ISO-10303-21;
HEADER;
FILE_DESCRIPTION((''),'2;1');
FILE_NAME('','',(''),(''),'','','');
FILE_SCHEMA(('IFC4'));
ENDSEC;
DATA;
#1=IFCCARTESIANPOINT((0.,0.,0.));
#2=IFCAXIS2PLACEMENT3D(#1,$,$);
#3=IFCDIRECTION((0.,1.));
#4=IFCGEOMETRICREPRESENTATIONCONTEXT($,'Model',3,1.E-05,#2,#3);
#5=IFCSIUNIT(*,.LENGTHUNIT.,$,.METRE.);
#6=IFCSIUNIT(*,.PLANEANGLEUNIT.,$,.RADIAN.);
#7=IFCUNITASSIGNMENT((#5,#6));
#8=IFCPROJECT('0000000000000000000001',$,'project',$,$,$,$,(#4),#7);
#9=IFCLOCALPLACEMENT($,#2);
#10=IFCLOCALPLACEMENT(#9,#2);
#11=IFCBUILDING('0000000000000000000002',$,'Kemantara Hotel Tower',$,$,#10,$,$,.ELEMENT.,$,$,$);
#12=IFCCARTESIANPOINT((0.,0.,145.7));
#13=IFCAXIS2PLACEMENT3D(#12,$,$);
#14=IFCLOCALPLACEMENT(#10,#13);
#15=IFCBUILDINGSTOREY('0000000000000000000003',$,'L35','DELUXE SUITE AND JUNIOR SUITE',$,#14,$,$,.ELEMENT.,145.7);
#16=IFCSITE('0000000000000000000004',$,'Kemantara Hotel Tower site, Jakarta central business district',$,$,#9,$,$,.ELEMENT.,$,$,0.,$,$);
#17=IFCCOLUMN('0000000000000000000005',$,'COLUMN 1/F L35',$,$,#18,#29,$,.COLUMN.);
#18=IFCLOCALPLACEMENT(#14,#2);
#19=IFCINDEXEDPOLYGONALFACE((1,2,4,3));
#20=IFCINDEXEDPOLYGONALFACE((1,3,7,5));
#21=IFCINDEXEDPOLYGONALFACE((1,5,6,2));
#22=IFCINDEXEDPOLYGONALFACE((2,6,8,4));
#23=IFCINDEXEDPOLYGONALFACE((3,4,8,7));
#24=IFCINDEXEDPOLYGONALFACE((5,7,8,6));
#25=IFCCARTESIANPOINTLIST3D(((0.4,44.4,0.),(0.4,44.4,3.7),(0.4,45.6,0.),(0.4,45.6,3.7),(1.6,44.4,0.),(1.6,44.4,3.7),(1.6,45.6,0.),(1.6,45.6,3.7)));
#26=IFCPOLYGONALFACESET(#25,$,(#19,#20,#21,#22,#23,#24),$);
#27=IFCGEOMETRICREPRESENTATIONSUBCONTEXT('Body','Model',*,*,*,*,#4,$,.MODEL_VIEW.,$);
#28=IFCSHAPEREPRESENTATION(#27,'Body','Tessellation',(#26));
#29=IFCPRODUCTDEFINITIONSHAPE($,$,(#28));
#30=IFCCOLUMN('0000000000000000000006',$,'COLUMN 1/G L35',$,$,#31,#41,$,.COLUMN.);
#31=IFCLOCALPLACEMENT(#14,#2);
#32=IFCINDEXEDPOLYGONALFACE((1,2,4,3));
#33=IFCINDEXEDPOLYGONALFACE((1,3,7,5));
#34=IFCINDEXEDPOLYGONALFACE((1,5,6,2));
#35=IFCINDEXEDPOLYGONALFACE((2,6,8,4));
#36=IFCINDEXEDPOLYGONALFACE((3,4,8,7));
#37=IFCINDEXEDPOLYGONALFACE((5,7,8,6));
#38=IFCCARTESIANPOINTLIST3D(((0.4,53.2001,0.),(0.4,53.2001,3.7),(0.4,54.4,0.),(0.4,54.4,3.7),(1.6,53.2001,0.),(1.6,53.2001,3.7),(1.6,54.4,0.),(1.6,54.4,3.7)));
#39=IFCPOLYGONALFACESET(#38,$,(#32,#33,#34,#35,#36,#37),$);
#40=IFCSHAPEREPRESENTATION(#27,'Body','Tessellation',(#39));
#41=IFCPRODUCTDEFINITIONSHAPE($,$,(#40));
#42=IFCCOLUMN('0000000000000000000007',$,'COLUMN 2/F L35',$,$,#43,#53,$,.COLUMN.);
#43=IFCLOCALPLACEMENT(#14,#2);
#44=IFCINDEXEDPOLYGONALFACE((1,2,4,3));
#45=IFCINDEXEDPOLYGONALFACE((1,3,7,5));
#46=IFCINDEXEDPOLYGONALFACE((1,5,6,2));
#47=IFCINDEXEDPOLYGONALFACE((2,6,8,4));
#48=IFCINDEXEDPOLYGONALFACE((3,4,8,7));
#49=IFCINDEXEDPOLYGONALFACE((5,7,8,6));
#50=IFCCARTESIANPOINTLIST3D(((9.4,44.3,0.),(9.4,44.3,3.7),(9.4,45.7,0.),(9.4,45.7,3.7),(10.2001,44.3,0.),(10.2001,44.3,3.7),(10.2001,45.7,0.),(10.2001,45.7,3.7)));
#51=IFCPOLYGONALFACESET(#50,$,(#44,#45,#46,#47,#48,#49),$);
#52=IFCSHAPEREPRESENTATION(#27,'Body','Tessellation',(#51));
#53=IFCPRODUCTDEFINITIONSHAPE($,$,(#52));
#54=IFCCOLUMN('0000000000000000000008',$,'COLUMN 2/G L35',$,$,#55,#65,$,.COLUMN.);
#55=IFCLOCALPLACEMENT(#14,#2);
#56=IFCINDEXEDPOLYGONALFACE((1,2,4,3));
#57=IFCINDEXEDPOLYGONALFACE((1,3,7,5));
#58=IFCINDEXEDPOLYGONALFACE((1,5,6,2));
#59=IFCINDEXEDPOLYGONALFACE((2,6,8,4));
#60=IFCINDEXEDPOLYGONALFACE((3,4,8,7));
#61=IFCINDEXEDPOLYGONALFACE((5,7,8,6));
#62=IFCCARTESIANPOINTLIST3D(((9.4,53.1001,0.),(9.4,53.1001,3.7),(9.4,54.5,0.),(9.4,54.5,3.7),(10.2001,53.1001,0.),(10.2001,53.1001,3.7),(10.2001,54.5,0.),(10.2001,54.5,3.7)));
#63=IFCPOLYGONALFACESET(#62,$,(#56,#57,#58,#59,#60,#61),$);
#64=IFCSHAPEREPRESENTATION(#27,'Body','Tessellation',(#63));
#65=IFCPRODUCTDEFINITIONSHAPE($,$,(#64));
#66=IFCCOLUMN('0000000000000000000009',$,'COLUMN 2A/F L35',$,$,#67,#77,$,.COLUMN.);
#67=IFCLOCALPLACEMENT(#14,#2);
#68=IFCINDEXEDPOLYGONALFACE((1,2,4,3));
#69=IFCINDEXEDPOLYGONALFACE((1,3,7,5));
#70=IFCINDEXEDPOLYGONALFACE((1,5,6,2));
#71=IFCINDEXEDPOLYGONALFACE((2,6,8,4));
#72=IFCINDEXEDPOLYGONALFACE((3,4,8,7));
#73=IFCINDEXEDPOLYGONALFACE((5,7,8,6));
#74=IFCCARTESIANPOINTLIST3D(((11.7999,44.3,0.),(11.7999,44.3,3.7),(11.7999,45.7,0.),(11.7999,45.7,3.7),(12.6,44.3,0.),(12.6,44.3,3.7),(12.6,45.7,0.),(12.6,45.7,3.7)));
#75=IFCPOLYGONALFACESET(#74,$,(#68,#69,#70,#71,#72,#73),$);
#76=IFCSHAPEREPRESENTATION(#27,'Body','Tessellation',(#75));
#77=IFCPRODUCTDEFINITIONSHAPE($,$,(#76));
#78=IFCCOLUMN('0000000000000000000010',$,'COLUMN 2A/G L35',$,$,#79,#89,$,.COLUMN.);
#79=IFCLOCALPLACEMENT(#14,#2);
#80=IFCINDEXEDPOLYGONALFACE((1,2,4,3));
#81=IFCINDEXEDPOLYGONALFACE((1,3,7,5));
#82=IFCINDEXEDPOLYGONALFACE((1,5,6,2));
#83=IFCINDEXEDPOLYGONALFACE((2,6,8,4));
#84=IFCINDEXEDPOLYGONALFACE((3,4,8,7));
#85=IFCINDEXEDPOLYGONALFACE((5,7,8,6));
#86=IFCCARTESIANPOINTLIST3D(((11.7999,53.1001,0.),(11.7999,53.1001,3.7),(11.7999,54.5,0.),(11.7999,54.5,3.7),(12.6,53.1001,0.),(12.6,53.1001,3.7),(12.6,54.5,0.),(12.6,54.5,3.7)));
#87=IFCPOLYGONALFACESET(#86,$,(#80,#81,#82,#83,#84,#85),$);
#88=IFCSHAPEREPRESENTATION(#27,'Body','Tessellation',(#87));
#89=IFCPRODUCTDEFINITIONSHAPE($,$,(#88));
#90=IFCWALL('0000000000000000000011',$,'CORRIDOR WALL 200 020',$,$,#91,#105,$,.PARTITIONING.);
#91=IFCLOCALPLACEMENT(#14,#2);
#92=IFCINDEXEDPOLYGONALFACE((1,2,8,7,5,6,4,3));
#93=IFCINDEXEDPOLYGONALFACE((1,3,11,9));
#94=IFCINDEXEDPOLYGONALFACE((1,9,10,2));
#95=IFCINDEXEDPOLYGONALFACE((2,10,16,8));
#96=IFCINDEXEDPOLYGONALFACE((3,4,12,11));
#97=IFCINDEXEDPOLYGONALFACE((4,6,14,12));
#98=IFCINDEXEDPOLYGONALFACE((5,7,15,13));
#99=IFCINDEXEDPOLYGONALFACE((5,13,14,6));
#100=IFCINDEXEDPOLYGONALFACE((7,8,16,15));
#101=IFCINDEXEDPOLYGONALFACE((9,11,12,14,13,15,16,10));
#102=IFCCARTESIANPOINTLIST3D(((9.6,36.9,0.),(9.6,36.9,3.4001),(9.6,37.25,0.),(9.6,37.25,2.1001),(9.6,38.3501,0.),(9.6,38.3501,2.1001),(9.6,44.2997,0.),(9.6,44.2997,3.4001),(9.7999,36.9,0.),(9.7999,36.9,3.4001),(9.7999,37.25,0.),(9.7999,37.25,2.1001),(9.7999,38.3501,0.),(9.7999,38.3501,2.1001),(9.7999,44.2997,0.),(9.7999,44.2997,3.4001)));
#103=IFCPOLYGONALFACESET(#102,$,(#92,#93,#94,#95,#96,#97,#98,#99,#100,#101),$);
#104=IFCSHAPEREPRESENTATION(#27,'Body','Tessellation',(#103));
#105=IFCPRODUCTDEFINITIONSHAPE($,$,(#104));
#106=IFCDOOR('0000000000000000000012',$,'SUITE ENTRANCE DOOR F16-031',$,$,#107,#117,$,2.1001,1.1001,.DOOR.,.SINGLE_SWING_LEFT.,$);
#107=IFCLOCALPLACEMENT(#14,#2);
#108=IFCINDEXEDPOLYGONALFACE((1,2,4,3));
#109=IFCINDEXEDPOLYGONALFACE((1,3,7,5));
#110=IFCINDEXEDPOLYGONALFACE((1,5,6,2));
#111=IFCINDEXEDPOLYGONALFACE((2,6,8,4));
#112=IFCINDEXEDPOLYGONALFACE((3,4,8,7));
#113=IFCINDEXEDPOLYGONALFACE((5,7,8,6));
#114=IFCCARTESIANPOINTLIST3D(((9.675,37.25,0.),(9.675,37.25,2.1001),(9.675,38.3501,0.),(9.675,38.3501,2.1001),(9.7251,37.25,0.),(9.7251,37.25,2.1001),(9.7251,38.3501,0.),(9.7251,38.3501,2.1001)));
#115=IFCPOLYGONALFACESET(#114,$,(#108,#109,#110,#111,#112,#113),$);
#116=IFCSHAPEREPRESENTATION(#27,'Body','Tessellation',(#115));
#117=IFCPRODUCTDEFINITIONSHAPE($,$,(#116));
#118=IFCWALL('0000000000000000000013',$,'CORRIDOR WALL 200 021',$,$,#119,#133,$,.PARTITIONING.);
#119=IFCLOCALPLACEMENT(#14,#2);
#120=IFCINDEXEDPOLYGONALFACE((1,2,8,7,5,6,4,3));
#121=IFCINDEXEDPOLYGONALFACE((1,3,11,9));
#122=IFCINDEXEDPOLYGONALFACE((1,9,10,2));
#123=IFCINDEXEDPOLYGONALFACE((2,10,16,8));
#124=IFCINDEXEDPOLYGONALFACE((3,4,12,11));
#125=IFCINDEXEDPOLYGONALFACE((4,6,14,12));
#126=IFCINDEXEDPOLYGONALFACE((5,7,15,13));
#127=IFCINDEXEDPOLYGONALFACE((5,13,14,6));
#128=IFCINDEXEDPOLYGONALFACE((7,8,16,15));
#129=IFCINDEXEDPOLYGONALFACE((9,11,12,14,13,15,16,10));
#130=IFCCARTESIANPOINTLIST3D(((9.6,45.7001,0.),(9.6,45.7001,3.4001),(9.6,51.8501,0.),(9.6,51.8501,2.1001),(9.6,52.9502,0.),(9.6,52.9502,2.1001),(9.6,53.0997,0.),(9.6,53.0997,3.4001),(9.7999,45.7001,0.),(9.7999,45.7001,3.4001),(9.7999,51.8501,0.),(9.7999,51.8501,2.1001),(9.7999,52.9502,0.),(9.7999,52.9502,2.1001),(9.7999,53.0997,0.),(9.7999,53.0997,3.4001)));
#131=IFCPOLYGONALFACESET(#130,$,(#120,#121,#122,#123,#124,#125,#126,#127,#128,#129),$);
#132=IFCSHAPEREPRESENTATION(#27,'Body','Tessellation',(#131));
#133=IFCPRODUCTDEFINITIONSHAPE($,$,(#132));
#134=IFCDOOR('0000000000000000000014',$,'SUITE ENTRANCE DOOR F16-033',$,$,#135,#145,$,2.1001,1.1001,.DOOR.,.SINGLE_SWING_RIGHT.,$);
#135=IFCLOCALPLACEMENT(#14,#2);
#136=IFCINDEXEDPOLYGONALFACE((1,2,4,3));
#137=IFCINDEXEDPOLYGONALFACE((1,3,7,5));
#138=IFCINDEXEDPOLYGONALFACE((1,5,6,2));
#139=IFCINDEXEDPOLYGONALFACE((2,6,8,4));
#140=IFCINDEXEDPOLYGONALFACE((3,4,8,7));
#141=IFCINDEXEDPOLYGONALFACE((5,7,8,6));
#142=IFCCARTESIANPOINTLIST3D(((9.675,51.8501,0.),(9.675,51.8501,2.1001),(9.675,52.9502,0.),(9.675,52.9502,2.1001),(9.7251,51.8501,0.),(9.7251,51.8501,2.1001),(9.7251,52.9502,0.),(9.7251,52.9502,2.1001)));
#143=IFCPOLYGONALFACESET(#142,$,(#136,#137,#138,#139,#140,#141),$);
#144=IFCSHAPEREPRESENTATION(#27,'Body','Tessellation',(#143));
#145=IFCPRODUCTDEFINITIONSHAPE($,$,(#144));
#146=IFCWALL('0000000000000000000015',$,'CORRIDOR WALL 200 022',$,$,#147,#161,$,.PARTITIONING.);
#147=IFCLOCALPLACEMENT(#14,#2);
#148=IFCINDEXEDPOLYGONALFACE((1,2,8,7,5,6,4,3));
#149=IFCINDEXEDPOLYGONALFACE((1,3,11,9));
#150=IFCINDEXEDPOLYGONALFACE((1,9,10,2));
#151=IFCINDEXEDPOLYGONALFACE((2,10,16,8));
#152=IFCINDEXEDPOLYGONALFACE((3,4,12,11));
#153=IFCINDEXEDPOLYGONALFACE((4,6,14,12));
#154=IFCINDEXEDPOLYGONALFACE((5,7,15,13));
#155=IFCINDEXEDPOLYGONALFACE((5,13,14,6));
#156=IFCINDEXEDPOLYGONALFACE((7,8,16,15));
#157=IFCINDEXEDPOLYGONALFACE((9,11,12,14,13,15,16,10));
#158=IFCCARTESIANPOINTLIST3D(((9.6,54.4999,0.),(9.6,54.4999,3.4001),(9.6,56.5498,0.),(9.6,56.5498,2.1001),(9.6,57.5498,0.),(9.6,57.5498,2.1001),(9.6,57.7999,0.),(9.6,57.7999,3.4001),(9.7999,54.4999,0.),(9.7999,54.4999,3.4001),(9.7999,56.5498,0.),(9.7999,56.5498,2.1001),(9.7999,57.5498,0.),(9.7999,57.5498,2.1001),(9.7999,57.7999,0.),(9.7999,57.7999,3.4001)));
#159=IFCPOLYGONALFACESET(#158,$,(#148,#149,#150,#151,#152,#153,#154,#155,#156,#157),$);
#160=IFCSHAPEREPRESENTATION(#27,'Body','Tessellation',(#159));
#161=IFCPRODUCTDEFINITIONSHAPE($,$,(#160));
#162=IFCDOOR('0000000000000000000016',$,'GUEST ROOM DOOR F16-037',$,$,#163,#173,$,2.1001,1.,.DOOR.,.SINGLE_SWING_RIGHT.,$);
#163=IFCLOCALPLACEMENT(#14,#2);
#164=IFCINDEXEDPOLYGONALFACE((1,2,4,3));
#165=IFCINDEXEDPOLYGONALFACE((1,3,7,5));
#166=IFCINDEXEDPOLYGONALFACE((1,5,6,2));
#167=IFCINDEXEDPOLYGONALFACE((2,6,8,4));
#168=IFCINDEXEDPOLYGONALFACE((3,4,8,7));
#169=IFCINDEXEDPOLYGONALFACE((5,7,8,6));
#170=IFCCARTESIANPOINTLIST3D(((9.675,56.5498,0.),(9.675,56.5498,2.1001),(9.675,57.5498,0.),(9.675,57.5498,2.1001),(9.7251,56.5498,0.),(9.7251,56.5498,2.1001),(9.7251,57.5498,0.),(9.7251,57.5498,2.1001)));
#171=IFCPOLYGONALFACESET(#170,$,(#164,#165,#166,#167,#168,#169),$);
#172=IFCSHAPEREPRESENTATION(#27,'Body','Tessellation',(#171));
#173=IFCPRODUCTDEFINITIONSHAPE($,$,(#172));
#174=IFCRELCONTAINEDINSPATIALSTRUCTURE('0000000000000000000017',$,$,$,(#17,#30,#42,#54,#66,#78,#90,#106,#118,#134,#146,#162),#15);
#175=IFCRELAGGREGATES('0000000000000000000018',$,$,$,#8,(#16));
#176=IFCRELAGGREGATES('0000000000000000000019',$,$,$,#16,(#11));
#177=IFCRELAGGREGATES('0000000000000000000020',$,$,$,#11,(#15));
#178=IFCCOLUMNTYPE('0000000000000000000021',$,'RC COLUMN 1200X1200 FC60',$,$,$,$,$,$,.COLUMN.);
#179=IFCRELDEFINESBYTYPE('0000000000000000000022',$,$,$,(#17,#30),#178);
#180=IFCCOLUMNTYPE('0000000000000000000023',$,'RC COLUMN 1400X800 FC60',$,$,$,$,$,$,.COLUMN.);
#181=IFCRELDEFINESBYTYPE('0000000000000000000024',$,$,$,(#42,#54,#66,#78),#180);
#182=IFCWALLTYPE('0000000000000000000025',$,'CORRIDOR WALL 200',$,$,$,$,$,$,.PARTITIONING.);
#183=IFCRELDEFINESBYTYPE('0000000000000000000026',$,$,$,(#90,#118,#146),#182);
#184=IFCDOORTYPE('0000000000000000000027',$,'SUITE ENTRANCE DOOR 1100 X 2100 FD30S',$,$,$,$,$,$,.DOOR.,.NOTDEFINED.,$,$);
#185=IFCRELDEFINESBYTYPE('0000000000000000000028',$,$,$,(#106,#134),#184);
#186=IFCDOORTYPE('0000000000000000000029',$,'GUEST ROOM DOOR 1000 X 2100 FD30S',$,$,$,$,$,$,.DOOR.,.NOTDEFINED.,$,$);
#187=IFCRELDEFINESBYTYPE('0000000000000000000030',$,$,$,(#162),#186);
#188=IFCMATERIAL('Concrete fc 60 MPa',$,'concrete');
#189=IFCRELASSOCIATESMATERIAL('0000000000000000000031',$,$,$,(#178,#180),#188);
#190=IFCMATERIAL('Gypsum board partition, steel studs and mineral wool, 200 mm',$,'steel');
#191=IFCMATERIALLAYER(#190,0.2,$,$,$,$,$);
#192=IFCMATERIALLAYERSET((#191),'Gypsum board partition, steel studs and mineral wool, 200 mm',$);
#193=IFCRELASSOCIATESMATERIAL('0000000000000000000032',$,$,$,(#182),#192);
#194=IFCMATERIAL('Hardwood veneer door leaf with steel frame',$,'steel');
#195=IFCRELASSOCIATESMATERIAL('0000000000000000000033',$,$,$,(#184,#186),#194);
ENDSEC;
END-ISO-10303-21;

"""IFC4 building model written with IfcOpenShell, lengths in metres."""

from ifc_helpers import new_model, si_unit, direction, frame, frame_2d, origin, origin_2d, place, context, subcontext, project, spatial, rectangle, extrude, material, layer, layer_set, material_profile, profile_set, type_object, element, fill, save


model = new_model("IFC4")

# Units and contexts
model_context = context("Model", 3, precision=1e-05, world=origin(), true_north=direction((0.0, 1.0)))
body_context = subcontext(model_context, "Body", "Model", "MODEL_VIEW")
ifc_project = project(units=[si_unit("LENGTHUNIT", "METRE"), si_unit("PLANEANGLEUNIT", "RADIAN")], contexts=[model_context])

# Site, building, storey
site_placement = place(None, origin())
site = spatial("IfcSite", under=ifc_project, at=site_placement, Name="Kemantara Hotel Tower site, Jakarta central business district", CompositionType="ELEMENT", RefElevation=0.0)
building_placement = place(site_placement, origin())
building = spatial("IfcBuilding", under=site, at=building_placement, Name="Kemantara Hotel Tower", CompositionType="ELEMENT")
storey_placement = place(building_placement, frame((0.0, 0.0, 145.7)))
storey = spatial("IfcBuildingStorey", under=building, at=storey_placement, Name="L35", Description="DELUXE SUITE AND JUNIOR SUITE", CompositionType="ELEMENT", Elevation=145.7)

# Columns
ifc_material_1 = material(Name="Concrete fc 60 MPa", Category="concrete")
ifc_material_profile_1 = material_profile(ifc_material_1, rectangle(XDim=1.2, YDim=1.2, at=origin_2d()), Name="RC 1200X1200")
ifc_profile_set_1 = profile_set([ifc_material_profile_1], Name="Concrete fc 60 MPa")
column_type_1 = type_object("IfcColumnType", Name="RC COLUMN 1200X1200 FC60", PredefinedType="COLUMN", material=ifc_profile_set_1)
for number, where, z_axis, x_axis, name in (
    (1, (1.0, 45.0, 0.0), (0.0, 0.0, 1.0), (1.0, 0.0, 0.0), "COLUMN 1/F L35"),
    (2, (1.0, 53.8, 0.0), (0.0, 0.0, 1.0), (1.0, 0.0, 0.0), "COLUMN 1/G L35"),
):
    element("IfcColumn", number, at=place(storey_placement, frame(where, z_axis=z_axis, x_axis=x_axis)), inside=storey, type_object=column_type_1, Name=name, PredefinedType="COLUMN", context=body_context, shape_type="SweptSolid", body=[
        extrude(rectangle(XDim=1.2, YDim=1.2, at=origin_2d()), origin(), (0.0, 0.0, 1.0), 3.7),
    ])
ifc_material_profile_2 = material_profile(ifc_material_1, rectangle(XDim=1.3999, YDim=0.8, at=origin_2d()), Name="RC 1400X800")
ifc_profile_set_2 = profile_set([ifc_material_profile_2], Name="Concrete fc 60 MPa")
column_type_2 = type_object("IfcColumnType", Name="RC COLUMN 1400X800 FC60", PredefinedType="COLUMN", material=ifc_profile_set_2)
for number, where, z_axis, x_axis, name in (
    (3, (9.8, 45.0, 0.0), (0.0, 0.0, 1.0), (0.0, 1.0, 0.0), "COLUMN 2/F L35"),
    (4, (9.8, 53.8, 0.0), (0.0, 0.0, 1.0), (0.0, 1.0, 0.0), "COLUMN 2/G L35"),
    (5, (12.2, 45.0, 0.0), (0.0, 0.0, 1.0), (0.0, 1.0, 0.0), "COLUMN 2A/F L35"),
    (6, (12.2, 53.8, 0.0), (0.0, 0.0, 1.0), (0.0, 1.0, 0.0), "COLUMN 2A/G L35"),
):
    element("IfcColumn", number, at=place(storey_placement, frame(where, z_axis=z_axis, x_axis=x_axis)), inside=storey, type_object=column_type_2, Name=name, PredefinedType="COLUMN", context=body_context, shape_type="SweptSolid", body=[
        extrude(rectangle(XDim=1.3999, YDim=0.8, at=origin_2d()), origin(), (0.0, 0.0, 1.0), 3.7),
    ])

# Walls, openings, doors
ifc_material_2 = material(Name="Gypsum board partition, steel studs and mineral wool, 200 mm", Category="steel")
ifc_layer_1 = layer(ifc_material_2, 0.2)
ifc_layer_set_1 = layer_set([ifc_layer_1], Name="Gypsum board partition, steel studs and mineral wool, 200 mm")
wall_type_1 = type_object("IfcWallType", Name="CORRIDOR WALL 200", PredefinedType="PARTITIONING", material=ifc_layer_set_1)
wall_1_placement = place(storey_placement, frame((9.7, 36.9001, 0.0), z_axis=(0.0, 0.0, 1.0), x_axis=(0.0, 1.0, 0.0)))
wall_1 = element("IfcWall", 7, at=wall_1_placement, inside=storey, type_object=wall_type_1, Name="CORRIDOR WALL 200 020", PredefinedType="PARTITIONING", context=body_context, shape_type="SweptSolid", body=[
    extrude(rectangle(XDim=7.3997, YDim=0.2, at=frame_2d((3.6997, 0.0))), origin(), (0.0, 0.0, 1.0), 3.4001),
])
opening_1_placement = place(wall_1_placement, frame((0.3499, 0.0, 0.0)))
opening_1 = element("IfcOpeningElement", 8, at=opening_1_placement, cuts=wall_1, PredefinedType="OPENING", context=body_context, shape_type="SweptSolid", body=[
    extrude(rectangle(XDim=1.1001, YDim=2.1001, at=frame_2d((0.55, 1.05))), frame((0.0, 0.1099, 0.0), z_axis=(0.0, -1.0, 0.0), x_axis=(1.0, 0.0, 0.0)), (0.0, 0.0, 1.0), 0.22),
])
ifc_material_3 = material(Name="Hardwood veneer door leaf with steel frame", Category="steel")
door_type_1 = type_object("IfcDoorType", Name="SUITE ENTRANCE DOOR 1100 X 2100 FD30S", OperationType="NOTDEFINED", PredefinedType="DOOR", material=ifc_material_3)
door_1_placement = place(opening_1_placement, origin())
door_1 = element("IfcDoor", 9, at=door_1_placement, inside=storey, type_object=door_type_1, Name="SUITE ENTRANCE DOOR F16-031", OperationType="SINGLE_SWING_LEFT", OverallHeight=2.1001, OverallWidth=1.1001, PredefinedType="DOOR", context=body_context, shape_type="SweptSolid", body=[
    extrude(rectangle(XDim=1.1001, YDim=2.1001, at=frame_2d((0.55, 1.05))), frame((0.0, 0.0249, 0.0), z_axis=(0.0, -1.0, 0.0), x_axis=(1.0, 0.0, 0.0)), (0.0, 0.0, 1.0), 0.05),
])
fill(opening_1, door_1)
wall_2_placement = place(storey_placement, frame((9.7, 45.7002, 0.0), z_axis=(0.0, 0.0, 1.0), x_axis=(0.0, 1.0, 0.0)))
wall_2 = element("IfcWall", 10, at=wall_2_placement, inside=storey, type_object=wall_type_1, Name="CORRIDOR WALL 200 021", PredefinedType="PARTITIONING", context=body_context, shape_type="SweptSolid", body=[
    extrude(rectangle(XDim=7.3997, YDim=0.2, at=frame_2d((3.6997, 0.0))), origin(), (0.0, 0.0, 1.0), 3.4001),
])
opening_2_placement = place(wall_2_placement, frame((6.1499, 0.0, 0.0)))
opening_2 = element("IfcOpeningElement", 11, at=opening_2_placement, cuts=wall_2, PredefinedType="OPENING", context=body_context, shape_type="SweptSolid", body=[
    extrude(rectangle(XDim=1.1001, YDim=2.1001, at=frame_2d((0.55, 1.05))), frame((0.0, 0.1099, 0.0), z_axis=(0.0, -1.0, 0.0), x_axis=(1.0, 0.0, 0.0)), (0.0, 0.0, 1.0), 0.22),
])
door_2_placement = place(opening_2_placement, origin())
door_2 = element("IfcDoor", 12, at=door_2_placement, inside=storey, type_object=door_type_1, Name="SUITE ENTRANCE DOOR F16-033", OperationType="SINGLE_SWING_RIGHT", OverallHeight=2.1001, OverallWidth=1.1001, PredefinedType="DOOR", context=body_context, shape_type="SweptSolid", body=[
    extrude(rectangle(XDim=1.1001, YDim=2.1001, at=frame_2d((0.55, 1.05))), frame((0.0, 0.0249, 0.0), z_axis=(0.0, -1.0, 0.0), x_axis=(1.0, 0.0, 0.0)), (0.0, 0.0, 1.0), 0.05),
])
fill(opening_2, door_2)
wall_3_placement = place(storey_placement, frame((9.7, 54.5, 0.0), z_axis=(0.0, 0.0, 1.0), x_axis=(0.0, 1.0, 0.0)))
wall_3 = element("IfcWall", 13, at=wall_3_placement, inside=storey, type_object=wall_type_1, Name="CORRIDOR WALL 200 022", PredefinedType="PARTITIONING", context=body_context, shape_type="SweptSolid", body=[
    extrude(rectangle(XDim=3.3, YDim=0.2, at=frame_2d((1.6499, 0.0))), origin(), (0.0, 0.0, 1.0), 3.4001),
])
opening_3_placement = place(wall_3_placement, frame((2.0498, 0.0, 0.0)))
opening_3 = element("IfcOpeningElement", 14, at=opening_3_placement, cuts=wall_3, PredefinedType="OPENING", context=body_context, shape_type="SweptSolid", body=[
    extrude(rectangle(XDim=1.0, YDim=2.1001, at=frame_2d((0.5, 1.05))), frame((0.0, 0.1099, 0.0), z_axis=(0.0, -1.0, 0.0), x_axis=(1.0, 0.0, 0.0)), (0.0, 0.0, 1.0), 0.22),
])
door_type_2 = type_object("IfcDoorType", Name="GUEST ROOM DOOR 1000 X 2100 FD30S", OperationType="NOTDEFINED", PredefinedType="DOOR", material=ifc_material_3)
door_3_placement = place(opening_3_placement, origin())
door_3 = element("IfcDoor", 15, at=door_3_placement, inside=storey, type_object=door_type_2, Name="GUEST ROOM DOOR F16-037", OperationType="SINGLE_SWING_RIGHT", OverallHeight=2.1001, OverallWidth=1.0, PredefinedType="DOOR", context=body_context, shape_type="SweptSolid", body=[
    extrude(rectangle(XDim=1.0, YDim=2.1001, at=frame_2d((0.5, 1.05))), frame((0.0, 0.0249, 0.0), z_axis=(0.0, -1.0, 0.0), x_axis=(1.0, 0.0, 0.0)), (0.0, 0.0, 1.0), 0.05),
])
fill(opening_3, door_3)

save(model, "model.ifc")
